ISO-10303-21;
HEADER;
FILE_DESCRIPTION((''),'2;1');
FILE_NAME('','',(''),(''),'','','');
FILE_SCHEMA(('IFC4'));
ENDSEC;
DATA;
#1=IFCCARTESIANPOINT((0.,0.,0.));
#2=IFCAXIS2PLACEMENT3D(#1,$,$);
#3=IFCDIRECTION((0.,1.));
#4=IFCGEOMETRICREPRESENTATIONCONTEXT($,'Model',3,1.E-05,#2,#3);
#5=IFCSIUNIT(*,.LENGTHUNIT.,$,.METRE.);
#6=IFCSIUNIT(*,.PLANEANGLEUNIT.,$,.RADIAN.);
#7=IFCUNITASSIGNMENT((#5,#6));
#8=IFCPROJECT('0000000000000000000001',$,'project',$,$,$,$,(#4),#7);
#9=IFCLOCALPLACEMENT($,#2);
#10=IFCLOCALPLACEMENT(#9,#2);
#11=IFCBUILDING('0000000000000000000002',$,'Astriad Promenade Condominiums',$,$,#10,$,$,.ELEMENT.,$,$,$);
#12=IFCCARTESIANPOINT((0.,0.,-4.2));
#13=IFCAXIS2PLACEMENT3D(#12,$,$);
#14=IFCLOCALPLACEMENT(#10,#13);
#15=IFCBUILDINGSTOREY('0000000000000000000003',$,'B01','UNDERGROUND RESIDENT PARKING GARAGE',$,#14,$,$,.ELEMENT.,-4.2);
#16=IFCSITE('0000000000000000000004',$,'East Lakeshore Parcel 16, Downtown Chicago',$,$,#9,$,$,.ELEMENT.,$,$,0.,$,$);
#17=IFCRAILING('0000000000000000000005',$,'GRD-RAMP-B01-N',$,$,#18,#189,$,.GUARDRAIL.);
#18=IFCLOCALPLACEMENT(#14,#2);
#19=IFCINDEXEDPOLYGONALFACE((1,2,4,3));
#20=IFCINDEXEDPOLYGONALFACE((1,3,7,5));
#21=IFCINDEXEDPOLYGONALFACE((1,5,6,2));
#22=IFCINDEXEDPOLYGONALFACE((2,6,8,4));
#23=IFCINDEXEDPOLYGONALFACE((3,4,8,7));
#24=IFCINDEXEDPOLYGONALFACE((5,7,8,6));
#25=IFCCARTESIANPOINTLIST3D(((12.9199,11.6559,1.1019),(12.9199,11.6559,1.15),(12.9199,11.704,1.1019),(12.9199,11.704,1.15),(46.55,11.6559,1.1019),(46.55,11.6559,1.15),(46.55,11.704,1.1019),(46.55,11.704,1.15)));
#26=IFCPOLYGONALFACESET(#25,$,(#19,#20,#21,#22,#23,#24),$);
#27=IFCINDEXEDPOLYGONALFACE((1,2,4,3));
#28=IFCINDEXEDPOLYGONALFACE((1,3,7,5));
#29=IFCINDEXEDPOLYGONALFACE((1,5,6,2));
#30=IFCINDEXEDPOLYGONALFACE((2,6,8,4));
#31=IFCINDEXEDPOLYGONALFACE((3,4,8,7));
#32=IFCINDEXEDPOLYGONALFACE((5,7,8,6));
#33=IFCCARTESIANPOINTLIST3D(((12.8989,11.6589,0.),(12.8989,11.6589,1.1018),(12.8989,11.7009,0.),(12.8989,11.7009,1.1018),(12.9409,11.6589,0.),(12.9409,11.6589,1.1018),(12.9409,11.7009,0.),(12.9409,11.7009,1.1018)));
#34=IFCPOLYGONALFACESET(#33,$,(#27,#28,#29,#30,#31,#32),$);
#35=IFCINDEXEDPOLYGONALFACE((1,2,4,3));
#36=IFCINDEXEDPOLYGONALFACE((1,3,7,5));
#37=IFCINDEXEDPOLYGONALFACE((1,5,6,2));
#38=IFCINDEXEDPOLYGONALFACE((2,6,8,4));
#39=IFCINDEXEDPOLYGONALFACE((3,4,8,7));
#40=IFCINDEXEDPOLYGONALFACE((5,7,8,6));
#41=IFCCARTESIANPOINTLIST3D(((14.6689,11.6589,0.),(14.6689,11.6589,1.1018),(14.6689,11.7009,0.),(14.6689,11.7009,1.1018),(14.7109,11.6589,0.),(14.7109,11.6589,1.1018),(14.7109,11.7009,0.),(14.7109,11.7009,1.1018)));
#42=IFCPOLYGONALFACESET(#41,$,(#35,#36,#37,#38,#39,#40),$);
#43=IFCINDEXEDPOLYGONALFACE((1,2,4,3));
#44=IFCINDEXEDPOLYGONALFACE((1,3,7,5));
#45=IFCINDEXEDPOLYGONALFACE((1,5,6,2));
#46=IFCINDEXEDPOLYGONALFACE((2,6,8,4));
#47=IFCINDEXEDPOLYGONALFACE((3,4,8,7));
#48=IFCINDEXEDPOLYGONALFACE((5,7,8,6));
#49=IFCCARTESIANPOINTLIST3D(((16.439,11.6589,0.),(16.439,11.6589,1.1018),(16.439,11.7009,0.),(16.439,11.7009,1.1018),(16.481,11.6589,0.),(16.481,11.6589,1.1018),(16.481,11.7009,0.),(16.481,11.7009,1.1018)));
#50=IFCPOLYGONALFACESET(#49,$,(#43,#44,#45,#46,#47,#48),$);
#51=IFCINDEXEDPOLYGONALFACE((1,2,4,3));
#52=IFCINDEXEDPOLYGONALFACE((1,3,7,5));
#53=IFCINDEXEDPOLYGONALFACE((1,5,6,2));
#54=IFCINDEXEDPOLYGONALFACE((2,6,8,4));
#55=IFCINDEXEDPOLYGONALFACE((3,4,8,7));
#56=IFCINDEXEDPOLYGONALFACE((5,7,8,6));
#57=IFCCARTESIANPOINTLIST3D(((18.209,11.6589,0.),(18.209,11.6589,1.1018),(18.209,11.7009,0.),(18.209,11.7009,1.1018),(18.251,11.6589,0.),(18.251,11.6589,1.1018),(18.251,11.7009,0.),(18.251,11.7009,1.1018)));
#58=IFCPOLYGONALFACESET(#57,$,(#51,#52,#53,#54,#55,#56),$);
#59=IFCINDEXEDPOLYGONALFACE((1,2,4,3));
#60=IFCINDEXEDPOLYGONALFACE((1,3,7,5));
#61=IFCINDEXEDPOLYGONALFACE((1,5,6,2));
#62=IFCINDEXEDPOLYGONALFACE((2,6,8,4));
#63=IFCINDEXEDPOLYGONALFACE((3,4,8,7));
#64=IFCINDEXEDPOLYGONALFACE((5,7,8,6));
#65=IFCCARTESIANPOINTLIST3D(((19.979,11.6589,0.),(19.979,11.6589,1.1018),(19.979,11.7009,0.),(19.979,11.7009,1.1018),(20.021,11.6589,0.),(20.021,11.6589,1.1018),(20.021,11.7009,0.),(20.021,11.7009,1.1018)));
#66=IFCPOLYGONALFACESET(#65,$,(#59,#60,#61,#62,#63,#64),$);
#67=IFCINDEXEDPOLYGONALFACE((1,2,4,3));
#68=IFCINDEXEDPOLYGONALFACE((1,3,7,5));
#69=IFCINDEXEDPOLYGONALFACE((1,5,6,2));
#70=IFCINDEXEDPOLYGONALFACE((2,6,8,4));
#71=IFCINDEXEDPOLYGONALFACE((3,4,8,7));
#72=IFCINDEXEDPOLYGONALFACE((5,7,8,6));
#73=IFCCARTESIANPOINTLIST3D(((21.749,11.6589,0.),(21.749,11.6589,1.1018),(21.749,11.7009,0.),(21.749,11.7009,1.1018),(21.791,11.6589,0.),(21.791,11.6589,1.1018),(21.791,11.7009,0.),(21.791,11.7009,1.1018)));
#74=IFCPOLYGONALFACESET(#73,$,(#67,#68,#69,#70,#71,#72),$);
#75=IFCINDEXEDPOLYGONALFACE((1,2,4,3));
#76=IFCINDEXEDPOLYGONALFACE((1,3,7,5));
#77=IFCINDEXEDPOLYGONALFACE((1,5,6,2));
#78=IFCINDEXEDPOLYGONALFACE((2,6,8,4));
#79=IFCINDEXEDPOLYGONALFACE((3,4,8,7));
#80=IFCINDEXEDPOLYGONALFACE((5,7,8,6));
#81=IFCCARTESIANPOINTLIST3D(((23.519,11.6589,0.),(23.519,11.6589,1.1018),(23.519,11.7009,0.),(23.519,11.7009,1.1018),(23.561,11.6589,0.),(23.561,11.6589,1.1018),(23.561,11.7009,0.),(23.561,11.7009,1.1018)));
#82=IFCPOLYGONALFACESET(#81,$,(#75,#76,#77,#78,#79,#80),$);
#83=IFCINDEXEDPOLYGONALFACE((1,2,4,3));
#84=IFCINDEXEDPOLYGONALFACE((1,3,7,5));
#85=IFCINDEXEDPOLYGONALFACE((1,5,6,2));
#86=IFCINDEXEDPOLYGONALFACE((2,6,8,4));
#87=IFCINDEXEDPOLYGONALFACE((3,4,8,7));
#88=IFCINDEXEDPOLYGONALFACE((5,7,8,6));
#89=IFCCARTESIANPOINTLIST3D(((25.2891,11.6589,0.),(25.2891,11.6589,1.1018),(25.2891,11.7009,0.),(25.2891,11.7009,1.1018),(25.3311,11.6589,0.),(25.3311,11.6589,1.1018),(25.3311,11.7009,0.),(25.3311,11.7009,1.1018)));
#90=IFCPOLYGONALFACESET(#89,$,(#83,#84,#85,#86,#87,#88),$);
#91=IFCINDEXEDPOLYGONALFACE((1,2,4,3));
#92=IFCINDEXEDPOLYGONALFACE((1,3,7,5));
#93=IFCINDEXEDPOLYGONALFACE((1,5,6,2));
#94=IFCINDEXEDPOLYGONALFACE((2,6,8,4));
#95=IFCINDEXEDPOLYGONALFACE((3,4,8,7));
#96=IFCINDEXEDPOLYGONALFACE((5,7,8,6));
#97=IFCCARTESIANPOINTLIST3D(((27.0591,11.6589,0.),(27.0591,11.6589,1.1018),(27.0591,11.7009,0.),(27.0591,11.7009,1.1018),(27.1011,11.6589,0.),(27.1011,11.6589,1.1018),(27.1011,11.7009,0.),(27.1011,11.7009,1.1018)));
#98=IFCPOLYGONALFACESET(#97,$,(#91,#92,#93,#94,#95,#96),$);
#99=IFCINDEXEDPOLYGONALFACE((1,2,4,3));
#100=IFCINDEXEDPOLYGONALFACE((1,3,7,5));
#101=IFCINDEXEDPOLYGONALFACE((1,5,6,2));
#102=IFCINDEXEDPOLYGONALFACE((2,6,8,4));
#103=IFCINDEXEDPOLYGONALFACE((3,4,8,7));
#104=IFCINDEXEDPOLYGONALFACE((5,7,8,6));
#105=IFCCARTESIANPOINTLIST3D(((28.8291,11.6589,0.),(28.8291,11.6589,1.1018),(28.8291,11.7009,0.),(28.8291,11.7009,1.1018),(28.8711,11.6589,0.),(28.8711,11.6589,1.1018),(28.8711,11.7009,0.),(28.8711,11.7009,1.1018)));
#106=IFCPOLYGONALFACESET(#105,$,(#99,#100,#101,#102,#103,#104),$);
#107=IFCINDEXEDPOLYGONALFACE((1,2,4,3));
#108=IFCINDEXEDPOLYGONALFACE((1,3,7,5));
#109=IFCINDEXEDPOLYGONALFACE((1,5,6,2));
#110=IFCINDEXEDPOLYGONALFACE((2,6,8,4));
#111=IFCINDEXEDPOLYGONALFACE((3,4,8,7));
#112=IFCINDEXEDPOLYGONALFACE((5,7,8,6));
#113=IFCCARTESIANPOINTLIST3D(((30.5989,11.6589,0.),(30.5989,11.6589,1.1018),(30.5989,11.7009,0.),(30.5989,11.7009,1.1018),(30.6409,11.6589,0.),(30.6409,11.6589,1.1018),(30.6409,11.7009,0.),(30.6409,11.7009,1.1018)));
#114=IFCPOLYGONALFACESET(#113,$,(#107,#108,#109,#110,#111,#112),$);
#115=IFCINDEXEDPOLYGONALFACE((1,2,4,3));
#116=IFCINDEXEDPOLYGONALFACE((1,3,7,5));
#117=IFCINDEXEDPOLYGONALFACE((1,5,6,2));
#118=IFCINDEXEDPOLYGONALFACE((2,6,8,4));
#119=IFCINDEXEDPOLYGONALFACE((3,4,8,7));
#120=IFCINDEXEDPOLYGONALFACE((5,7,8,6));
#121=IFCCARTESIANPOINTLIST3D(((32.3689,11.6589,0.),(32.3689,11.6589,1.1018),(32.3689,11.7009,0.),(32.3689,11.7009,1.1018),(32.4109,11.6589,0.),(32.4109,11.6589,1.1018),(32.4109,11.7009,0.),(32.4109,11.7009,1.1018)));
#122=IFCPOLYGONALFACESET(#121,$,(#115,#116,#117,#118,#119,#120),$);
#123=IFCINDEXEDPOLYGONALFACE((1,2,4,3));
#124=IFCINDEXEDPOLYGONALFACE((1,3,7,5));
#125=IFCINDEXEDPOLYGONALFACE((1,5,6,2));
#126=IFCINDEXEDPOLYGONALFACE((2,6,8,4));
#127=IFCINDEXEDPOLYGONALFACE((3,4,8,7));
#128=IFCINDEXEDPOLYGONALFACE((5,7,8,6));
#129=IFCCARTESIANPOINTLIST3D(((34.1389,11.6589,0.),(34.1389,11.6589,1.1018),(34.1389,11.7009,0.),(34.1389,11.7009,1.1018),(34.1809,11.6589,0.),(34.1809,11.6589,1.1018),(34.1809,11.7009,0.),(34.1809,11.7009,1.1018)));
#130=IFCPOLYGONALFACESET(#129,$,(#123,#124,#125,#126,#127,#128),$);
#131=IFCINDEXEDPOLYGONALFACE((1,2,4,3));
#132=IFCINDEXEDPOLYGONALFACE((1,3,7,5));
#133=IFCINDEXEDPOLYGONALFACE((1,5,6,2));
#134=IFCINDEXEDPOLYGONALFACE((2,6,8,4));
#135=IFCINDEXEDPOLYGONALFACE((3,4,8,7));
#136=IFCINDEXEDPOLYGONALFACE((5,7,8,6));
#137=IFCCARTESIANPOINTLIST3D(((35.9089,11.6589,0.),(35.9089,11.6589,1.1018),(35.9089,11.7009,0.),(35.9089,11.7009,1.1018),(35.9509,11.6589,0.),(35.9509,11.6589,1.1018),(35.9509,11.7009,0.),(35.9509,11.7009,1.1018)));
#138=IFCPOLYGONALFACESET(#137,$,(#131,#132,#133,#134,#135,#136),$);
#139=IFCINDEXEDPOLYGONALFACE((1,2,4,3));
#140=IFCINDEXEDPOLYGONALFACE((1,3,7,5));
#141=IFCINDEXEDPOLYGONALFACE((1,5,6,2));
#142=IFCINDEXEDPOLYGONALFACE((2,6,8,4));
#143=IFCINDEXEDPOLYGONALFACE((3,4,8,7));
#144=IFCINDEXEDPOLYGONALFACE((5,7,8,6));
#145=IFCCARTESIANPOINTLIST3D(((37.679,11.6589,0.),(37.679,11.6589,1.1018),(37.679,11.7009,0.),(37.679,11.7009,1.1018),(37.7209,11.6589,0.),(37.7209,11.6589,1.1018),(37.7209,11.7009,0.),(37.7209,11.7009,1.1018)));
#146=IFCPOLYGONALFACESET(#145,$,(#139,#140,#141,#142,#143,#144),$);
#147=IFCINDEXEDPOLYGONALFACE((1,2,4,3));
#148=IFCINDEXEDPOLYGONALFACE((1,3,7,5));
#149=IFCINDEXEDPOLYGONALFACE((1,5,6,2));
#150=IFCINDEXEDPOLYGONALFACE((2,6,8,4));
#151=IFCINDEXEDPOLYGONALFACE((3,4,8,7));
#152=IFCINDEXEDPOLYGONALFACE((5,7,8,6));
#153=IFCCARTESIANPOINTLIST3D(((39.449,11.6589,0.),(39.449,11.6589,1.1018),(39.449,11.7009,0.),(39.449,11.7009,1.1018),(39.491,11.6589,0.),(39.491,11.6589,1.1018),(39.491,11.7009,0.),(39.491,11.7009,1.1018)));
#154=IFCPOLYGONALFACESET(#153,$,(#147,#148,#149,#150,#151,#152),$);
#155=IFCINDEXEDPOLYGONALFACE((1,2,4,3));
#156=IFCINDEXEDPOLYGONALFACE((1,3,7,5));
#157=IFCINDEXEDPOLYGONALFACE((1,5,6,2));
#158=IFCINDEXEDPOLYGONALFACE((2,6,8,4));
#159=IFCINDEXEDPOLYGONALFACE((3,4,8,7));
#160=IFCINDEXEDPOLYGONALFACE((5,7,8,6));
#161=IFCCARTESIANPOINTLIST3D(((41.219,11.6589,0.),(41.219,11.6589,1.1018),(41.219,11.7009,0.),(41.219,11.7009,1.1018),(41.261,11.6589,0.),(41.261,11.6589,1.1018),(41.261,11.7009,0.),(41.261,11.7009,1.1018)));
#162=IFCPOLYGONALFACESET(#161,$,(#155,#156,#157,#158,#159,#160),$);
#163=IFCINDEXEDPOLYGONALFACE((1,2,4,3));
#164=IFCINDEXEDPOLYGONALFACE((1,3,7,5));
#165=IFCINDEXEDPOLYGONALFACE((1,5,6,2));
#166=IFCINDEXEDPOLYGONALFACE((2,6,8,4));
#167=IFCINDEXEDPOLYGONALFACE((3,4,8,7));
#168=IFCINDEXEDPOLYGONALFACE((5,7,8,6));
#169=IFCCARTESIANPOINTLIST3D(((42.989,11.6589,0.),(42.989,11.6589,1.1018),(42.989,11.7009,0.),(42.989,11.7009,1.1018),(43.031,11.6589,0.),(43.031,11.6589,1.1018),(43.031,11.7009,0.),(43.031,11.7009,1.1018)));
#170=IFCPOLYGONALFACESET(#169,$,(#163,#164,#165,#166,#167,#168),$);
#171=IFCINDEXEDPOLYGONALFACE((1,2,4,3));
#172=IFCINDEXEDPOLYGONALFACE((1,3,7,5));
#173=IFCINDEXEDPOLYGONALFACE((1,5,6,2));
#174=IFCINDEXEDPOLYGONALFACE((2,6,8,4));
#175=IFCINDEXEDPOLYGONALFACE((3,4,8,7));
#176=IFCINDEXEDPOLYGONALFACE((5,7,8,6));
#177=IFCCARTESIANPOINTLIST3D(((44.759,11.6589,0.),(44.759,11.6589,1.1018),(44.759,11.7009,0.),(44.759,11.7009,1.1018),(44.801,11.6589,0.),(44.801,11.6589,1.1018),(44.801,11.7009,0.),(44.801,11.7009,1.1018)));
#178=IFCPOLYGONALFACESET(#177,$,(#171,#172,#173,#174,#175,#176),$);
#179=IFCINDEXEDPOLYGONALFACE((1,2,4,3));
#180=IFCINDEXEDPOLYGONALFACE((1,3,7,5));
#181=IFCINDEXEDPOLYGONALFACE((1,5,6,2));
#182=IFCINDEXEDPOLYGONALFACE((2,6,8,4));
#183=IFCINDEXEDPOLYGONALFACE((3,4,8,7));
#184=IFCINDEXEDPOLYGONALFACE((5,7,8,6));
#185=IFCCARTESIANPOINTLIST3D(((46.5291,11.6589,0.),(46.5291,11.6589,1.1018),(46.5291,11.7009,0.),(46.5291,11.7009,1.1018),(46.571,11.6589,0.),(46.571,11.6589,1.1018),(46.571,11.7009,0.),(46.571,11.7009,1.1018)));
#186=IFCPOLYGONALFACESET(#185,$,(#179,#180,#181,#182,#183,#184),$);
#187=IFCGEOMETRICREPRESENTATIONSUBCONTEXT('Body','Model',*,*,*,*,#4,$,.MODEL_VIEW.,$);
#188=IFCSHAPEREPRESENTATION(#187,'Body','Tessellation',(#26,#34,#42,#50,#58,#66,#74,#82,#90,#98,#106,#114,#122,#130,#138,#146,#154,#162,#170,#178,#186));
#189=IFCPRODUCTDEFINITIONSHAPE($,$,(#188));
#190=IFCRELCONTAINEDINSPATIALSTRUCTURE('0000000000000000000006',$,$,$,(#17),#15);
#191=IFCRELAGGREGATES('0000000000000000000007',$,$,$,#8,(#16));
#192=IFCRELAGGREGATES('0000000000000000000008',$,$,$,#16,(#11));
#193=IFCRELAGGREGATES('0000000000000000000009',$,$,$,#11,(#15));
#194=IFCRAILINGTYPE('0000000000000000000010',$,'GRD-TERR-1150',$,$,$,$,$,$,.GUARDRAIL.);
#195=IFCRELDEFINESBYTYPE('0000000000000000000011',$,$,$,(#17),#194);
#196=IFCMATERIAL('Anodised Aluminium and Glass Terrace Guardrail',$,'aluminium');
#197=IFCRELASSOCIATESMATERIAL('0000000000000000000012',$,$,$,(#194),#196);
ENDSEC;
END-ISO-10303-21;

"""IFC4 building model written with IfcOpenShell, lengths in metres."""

from ifc_helpers import new_model, si_unit, direction, frame, origin, origin_2d, place, context, subcontext, project, spatial, rectangle, extrude, source, transform, mapped, material, type_object, element, save


model = new_model("IFC4")

# Units and contexts
model_context = context("Model", 3, precision=1e-05, world=origin(), true_north=direction((0.0, 1.0)))
body_context = subcontext(model_context, "Body", "Model", "MODEL_VIEW")
ifc_project = project(units=[si_unit("LENGTHUNIT", "METRE"), si_unit("PLANEANGLEUNIT", "RADIAN")], contexts=[model_context])

# Site, building, storey
site_placement = place(None, origin())
site = spatial("IfcSite", under=ifc_project, at=site_placement, Name="East Lakeshore Parcel 16, Downtown Chicago", CompositionType="ELEMENT", RefElevation=0.0)
building_placement = place(site_placement, origin())
building = spatial("IfcBuilding", under=site, at=building_placement, Name="Astriad Promenade Condominiums", CompositionType="ELEMENT")
storey_placement = place(building_placement, frame((0.0, 0.0, -4.2)))
storey = spatial("IfcBuildingStorey", under=building, at=storey_placement, Name="B01", Description="UNDERGROUND RESIDENT PARKING GARAGE", CompositionType="ELEMENT", Elevation=-4.2)

# Railing
ifc_material_1 = material(Name="Anodised Aluminium and Glass Terrace Guardrail", Category="aluminium")
railing_type = type_object("IfcRailingType", Name="GRD-TERR-1150", PredefinedType="GUARDRAIL", material=ifc_material_1)
shared_shape_1 = source(origin(), body_context, "Body", "SweptSolid", [
    extrude(rectangle(XDim=0.0481, YDim=0.0481, at=origin_2d()), frame((0.0, 0.0, 1.126), z_axis=(1.0, 0.0, 0.0), x_axis=(0.0, 1.0, 0.0)), (0.0, 0.0, 1.0), 33.6301),
    extrude(rectangle(XDim=0.042, YDim=0.042, at=origin_2d()), origin(), (0.0, 0.0, 1.0), 1.1018),
    extrude(rectangle(XDim=0.042, YDim=0.042, at=origin_2d()), frame((1.77, 0.0, 0.0)), (0.0, 0.0, 1.0), 1.1018),
    extrude(rectangle(XDim=0.042, YDim=0.042, at=origin_2d()), frame((3.54, 0.0, 0.0)), (0.0, 0.0, 1.0), 1.1018),
    extrude(rectangle(XDim=0.042, YDim=0.042, at=origin_2d()), frame((5.3101, 0.0, 0.0)), (0.0, 0.0, 1.0), 1.1018),
    extrude(rectangle(XDim=0.042, YDim=0.042, at=origin_2d()), frame((7.0801, 0.0, 0.0)), (0.0, 0.0, 1.0), 1.1018),
    extrude(rectangle(XDim=0.042, YDim=0.042, at=origin_2d()), frame((8.8501, 0.0, 0.0)), (0.0, 0.0, 1.0), 1.1018),
    extrude(rectangle(XDim=0.042, YDim=0.042, at=origin_2d()), frame((10.6201, 0.0, 0.0)), (0.0, 0.0, 1.0), 1.1018),
    extrude(rectangle(XDim=0.042, YDim=0.042, at=origin_2d()), frame((12.3901, 0.0, 0.0)), (0.0, 0.0, 1.0), 1.1018),
    extrude(rectangle(XDim=0.042, YDim=0.042, at=origin_2d()), frame((14.1602, 0.0, 0.0)), (0.0, 0.0, 1.0), 1.1018),
    extrude(rectangle(XDim=0.042, YDim=0.042, at=origin_2d()), frame((15.9302, 0.0, 0.0)), (0.0, 0.0, 1.0), 1.1018),
    extrude(rectangle(XDim=0.042, YDim=0.042, at=origin_2d()), frame((17.7, 0.0, 0.0)), (0.0, 0.0, 1.0), 1.1018),
    extrude(rectangle(XDim=0.042, YDim=0.042, at=origin_2d()), frame((19.47, 0.0, 0.0)), (0.0, 0.0, 1.0), 1.1018),
    extrude(rectangle(XDim=0.042, YDim=0.042, at=origin_2d()), frame((21.24, 0.0, 0.0)), (0.0, 0.0, 1.0), 1.1018),
    extrude(rectangle(XDim=0.042, YDim=0.042, at=origin_2d()), frame((23.01, 0.0, 0.0)), (0.0, 0.0, 1.0), 1.1018),
    extrude(rectangle(XDim=0.042, YDim=0.042, at=origin_2d()), frame((24.78, 0.0, 0.0)), (0.0, 0.0, 1.0), 1.1018),
    extrude(rectangle(XDim=0.042, YDim=0.042, at=origin_2d()), frame((26.55, 0.0, 0.0)), (0.0, 0.0, 1.0), 1.1018),
    extrude(rectangle(XDim=0.042, YDim=0.042, at=origin_2d()), frame((28.3201, 0.0, 0.0)), (0.0, 0.0, 1.0), 1.1018),
    extrude(rectangle(XDim=0.042, YDim=0.042, at=origin_2d()), frame((30.0901, 0.0, 0.0)), (0.0, 0.0, 1.0), 1.1018),
    extrude(rectangle(XDim=0.042, YDim=0.042, at=origin_2d()), frame((31.8601, 0.0, 0.0)), (0.0, 0.0, 1.0), 1.1018),
    extrude(rectangle(XDim=0.042, YDim=0.042, at=origin_2d()), frame((33.6301, 0.0, 0.0)), (0.0, 0.0, 1.0), 1.1018),
])
for number, where, name in (
    (1, (12.9199, 11.6799, 0.0), "GRD-RAMP-B01-N"),
):
    element("IfcRailing", number, at=place(storey_placement, frame(where)), inside=storey, type_object=railing_type, Name=name, PredefinedType="GUARDRAIL", context=body_context, shape_type="MappedRepresentation", body=[
        mapped(shared_shape_1, transform((0.0, 0.0, 0.0), scale=1.0)),
    ])

save(model, "model.ifc")
